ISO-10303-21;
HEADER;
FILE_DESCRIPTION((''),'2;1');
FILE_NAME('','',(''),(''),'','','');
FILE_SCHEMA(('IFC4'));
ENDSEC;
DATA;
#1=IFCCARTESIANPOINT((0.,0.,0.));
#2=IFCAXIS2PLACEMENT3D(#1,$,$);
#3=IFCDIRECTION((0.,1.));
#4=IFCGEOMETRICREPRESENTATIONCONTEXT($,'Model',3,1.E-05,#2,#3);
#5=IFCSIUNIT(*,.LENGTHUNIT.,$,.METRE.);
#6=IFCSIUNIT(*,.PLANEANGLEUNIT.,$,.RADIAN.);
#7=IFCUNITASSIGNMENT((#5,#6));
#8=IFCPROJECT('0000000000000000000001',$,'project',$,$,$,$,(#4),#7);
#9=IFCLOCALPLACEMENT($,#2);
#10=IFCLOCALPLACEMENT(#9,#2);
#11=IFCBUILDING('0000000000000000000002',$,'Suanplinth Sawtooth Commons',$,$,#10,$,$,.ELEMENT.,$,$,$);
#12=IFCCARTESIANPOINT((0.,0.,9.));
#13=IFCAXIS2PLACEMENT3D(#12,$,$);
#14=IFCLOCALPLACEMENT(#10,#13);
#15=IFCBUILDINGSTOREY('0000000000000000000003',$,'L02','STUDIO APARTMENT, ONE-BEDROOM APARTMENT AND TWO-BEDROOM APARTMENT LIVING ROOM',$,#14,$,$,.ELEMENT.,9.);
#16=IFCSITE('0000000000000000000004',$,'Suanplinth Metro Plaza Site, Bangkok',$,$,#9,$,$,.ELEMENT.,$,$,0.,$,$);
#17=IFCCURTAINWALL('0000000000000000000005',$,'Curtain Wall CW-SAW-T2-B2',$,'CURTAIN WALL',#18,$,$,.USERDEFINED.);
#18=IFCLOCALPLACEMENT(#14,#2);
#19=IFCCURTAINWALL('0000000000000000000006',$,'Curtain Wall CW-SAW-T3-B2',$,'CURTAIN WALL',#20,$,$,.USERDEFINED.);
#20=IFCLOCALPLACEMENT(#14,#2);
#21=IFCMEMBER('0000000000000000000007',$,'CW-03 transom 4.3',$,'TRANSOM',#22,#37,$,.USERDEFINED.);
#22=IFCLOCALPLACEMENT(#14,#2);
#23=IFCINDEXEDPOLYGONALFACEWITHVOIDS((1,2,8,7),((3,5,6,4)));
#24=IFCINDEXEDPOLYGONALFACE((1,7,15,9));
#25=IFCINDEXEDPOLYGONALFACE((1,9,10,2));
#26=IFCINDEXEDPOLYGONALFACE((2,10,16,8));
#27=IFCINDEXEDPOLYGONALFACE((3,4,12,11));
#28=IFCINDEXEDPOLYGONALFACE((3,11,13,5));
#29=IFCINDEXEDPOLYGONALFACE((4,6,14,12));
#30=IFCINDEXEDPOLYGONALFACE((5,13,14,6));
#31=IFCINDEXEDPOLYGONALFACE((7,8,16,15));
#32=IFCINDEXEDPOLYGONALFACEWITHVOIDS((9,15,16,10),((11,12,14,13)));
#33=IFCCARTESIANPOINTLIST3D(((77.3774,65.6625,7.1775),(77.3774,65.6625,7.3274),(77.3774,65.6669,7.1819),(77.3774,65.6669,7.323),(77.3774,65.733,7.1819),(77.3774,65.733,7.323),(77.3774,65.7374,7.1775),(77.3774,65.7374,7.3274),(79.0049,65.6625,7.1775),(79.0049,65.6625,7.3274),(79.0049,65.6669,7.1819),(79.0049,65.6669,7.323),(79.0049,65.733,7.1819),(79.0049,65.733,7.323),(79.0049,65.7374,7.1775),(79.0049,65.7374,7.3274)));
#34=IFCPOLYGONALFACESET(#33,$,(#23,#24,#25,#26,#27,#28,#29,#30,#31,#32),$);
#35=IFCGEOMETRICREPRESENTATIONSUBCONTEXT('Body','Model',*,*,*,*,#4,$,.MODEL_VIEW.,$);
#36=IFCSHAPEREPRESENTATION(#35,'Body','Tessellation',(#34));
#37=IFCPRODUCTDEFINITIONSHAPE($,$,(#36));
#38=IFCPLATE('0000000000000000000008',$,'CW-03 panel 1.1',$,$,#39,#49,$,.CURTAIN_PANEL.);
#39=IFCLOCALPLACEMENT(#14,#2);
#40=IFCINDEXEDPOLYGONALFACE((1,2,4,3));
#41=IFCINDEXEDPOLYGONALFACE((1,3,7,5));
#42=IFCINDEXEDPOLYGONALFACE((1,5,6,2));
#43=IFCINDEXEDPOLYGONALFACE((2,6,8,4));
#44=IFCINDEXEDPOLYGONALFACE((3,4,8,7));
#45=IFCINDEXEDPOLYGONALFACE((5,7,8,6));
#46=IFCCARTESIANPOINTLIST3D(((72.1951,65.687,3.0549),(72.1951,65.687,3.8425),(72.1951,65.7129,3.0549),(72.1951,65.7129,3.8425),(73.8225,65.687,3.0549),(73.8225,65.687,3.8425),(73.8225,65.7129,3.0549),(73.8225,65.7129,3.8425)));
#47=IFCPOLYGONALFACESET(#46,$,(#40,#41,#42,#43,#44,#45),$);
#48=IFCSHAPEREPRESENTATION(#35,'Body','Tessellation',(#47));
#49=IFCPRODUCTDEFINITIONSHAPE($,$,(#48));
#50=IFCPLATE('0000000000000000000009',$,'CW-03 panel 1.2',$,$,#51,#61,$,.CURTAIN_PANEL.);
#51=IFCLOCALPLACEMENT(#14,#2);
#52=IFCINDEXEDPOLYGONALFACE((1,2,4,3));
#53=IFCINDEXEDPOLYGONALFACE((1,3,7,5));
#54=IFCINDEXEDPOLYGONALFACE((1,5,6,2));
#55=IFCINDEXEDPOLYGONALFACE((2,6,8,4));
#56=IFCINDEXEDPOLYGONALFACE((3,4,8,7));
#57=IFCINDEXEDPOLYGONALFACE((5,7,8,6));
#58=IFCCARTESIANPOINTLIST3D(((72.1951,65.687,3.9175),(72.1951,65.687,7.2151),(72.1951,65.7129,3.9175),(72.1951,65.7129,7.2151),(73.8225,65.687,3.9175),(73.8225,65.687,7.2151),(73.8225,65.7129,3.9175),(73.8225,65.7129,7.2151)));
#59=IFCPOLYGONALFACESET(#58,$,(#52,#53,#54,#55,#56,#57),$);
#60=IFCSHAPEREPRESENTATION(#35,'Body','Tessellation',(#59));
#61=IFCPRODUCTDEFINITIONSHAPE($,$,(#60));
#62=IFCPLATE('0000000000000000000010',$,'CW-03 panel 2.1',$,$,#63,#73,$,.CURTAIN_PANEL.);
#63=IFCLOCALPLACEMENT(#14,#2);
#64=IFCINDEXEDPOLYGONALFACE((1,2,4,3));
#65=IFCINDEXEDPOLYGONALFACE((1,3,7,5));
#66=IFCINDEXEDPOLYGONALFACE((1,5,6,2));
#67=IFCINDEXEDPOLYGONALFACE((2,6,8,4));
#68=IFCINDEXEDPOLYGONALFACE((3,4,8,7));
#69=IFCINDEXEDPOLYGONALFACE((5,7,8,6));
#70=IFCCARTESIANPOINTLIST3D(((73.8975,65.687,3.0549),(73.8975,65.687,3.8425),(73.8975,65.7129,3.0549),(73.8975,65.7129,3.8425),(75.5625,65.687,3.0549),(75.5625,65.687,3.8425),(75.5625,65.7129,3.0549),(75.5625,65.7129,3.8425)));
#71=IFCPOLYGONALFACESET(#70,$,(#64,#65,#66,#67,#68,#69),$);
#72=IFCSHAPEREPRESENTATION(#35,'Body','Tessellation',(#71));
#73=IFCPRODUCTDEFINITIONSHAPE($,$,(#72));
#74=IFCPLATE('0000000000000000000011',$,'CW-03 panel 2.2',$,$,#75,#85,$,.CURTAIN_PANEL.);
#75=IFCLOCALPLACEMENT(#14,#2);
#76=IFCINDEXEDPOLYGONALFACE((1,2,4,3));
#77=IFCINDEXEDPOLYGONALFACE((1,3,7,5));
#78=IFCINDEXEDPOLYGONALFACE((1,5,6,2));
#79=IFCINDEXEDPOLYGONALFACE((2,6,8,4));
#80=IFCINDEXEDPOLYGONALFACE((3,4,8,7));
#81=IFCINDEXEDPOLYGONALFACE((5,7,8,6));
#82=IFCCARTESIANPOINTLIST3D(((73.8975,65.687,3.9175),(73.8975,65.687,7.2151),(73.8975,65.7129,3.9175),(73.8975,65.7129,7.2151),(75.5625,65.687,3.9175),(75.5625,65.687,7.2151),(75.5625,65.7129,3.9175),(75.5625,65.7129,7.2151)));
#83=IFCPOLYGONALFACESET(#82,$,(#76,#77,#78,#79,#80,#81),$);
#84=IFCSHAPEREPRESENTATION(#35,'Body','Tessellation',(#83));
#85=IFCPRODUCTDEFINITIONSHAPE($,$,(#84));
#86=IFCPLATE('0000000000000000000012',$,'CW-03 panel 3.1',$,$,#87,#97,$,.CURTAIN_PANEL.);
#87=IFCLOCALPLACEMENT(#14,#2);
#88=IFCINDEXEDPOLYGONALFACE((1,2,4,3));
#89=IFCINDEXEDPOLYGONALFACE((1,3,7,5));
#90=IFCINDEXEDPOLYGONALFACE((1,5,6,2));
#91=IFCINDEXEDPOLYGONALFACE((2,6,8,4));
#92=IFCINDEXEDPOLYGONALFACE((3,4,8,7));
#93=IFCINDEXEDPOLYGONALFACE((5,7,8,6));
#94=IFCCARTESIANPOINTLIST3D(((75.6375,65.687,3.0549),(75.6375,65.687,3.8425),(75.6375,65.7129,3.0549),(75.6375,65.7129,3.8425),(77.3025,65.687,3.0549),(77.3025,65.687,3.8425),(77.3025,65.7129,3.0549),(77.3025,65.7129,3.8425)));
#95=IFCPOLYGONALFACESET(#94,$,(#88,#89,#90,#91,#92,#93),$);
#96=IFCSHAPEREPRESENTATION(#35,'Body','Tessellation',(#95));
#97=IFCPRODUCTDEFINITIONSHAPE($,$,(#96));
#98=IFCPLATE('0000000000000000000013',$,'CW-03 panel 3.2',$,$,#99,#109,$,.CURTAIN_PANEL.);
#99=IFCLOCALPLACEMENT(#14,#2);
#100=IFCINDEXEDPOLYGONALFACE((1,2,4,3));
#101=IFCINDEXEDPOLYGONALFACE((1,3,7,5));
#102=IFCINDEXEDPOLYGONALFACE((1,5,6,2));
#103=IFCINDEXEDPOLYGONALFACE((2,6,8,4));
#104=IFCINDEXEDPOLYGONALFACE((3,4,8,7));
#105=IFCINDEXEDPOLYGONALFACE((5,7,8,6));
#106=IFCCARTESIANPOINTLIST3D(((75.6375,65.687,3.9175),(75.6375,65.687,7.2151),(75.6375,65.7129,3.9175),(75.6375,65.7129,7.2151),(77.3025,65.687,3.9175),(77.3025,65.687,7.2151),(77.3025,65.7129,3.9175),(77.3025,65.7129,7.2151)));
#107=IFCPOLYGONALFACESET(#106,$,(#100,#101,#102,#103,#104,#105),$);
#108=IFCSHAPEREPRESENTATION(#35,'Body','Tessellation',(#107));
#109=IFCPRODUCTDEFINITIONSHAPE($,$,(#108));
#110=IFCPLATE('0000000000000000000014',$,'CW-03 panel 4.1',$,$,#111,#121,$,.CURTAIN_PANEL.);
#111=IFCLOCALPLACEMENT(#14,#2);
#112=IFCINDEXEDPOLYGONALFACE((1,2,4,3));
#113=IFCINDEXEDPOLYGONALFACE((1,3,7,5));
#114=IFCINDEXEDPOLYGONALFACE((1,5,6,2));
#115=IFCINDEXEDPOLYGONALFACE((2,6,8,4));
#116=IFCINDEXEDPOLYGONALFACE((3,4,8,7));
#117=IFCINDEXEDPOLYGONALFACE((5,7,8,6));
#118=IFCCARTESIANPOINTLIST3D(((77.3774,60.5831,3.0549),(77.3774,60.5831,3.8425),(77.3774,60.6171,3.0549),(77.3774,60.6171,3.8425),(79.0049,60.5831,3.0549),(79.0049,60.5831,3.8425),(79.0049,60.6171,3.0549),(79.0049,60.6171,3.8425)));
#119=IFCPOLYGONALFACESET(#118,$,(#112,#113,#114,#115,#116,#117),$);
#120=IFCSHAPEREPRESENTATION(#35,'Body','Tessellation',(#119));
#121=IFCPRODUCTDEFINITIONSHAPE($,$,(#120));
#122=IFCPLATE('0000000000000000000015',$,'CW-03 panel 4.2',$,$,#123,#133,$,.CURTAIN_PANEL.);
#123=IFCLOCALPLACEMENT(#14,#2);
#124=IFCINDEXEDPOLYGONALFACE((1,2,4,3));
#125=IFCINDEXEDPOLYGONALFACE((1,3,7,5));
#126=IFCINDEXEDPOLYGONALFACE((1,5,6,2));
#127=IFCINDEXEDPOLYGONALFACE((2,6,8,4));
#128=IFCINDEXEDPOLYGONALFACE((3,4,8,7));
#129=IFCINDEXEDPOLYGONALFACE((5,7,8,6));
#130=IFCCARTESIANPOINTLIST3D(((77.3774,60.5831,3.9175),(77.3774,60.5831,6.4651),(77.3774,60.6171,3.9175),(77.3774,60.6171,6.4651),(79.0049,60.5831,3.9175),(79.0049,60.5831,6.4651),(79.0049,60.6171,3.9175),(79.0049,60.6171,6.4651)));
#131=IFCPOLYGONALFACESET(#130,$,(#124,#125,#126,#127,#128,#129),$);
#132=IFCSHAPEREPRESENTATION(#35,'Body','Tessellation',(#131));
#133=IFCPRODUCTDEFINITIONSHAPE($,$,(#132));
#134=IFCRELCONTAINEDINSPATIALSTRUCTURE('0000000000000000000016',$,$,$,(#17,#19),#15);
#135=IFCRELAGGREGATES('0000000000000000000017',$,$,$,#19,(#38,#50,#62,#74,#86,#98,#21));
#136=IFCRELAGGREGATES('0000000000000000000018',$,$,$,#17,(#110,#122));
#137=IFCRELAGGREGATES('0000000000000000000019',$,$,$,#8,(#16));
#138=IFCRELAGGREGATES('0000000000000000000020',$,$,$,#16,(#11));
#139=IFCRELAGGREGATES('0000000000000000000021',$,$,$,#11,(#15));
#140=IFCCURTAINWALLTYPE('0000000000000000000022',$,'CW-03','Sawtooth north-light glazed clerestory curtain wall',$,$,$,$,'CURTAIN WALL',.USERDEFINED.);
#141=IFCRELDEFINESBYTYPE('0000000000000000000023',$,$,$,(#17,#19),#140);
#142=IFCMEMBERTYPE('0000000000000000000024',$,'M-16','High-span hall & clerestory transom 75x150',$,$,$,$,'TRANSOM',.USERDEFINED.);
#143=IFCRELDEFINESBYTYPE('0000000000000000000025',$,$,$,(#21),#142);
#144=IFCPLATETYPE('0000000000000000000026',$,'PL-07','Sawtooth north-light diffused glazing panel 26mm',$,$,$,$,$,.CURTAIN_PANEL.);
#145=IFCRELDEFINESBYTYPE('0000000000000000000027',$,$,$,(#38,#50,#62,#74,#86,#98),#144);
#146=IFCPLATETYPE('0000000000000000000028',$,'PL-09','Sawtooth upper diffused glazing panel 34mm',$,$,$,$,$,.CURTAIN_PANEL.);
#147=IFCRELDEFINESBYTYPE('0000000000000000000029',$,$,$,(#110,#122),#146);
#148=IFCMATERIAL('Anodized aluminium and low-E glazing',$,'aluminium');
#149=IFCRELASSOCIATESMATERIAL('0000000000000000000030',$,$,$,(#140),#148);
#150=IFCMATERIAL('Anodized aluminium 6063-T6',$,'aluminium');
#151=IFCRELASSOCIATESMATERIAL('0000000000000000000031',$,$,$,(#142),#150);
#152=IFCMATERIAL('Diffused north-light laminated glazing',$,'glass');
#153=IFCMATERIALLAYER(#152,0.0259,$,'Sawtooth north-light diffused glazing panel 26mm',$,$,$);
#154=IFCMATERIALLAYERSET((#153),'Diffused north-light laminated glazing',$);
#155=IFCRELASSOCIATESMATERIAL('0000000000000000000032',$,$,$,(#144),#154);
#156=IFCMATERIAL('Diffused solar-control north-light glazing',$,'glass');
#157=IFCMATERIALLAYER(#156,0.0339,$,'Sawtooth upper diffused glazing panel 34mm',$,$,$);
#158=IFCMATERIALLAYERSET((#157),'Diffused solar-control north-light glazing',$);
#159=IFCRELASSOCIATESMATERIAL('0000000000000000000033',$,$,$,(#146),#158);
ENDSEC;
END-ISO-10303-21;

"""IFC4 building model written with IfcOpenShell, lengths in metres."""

from ifc_helpers import new_model, si_unit, direction, frame, origin, origin_2d, place, context, subcontext, project, spatial, rectangle, hollow_rectangle, extrude, material, layer, layer_set, material_profile, profile_set, type_object, element, aggregate, save


model = new_model("IFC4")

# Units and contexts
model_context = context("Model", 3, precision=1e-05, world=origin(), true_north=direction((0.0, 1.0)))
body_context = subcontext(model_context, "Body", "Model", "MODEL_VIEW")
ifc_project = project(units=[si_unit("LENGTHUNIT", "METRE"), si_unit("PLANEANGLEUNIT", "RADIAN")], contexts=[model_context])

# Site, building, storey
site_placement = place(None, origin())
site = spatial("IfcSite", under=ifc_project, at=site_placement, Name="Suanplinth Metro Plaza Site, Bangkok", CompositionType="ELEMENT", RefElevation=0.0)
building_placement = place(site_placement, origin())
building = spatial("IfcBuilding", under=site, at=building_placement, Name="Suanplinth Sawtooth Commons", CompositionType="ELEMENT")
storey_placement = place(building_placement, frame((0.0, 0.0, 9.0)))
storey = spatial("IfcBuildingStorey", under=building, at=storey_placement, Name="L02", Description="STUDIO APARTMENT, ONE-BEDROOM APARTMENT AND TWO-BEDROOM APARTMENT LIVING ROOM", CompositionType="ELEMENT", Elevation=9.0)

# Curtain wall
ifc_material_1 = material(Name="Anodized aluminium and low-E glazing", Category="aluminium")
curtain_wall_type = type_object("IfcCurtainWallType", Name="CW-03", Description="Sawtooth north-light glazed clerestory curtain wall", ElementType="CURTAIN WALL", PredefinedType="USERDEFINED", material=ifc_material_1)
curtain_wall_1_placement = place(storey_placement, origin())
curtain_wall_1 = element("IfcCurtainWall", 1, at=curtain_wall_1_placement, inside=storey, type_object=curtain_wall_type, Name="Curtain Wall CW-SAW-T2-B2", ObjectType="CURTAIN WALL", PredefinedType="USERDEFINED")
ifc_material_2 = material(Name="Anodized aluminium 6063-T6", Category="aluminium")

# Curtain wall
curtain_wall_2_placement = place(storey_placement, origin())
curtain_wall_2 = element("IfcCurtainWall", 2, at=curtain_wall_2_placement, inside=storey, type_object=curtain_wall_type, Name="Curtain Wall CW-SAW-T3-B2", ObjectType="CURTAIN WALL", PredefinedType="USERDEFINED")

# Member
ifc_material_profile_1 = material_profile(ifc_material_2, hollow_rectangle(XDim=0.075, YDim=0.1499, WallThickness=0.0044, at=origin_2d()), Name="ALU-TRN 75x150")
ifc_profile_set_1 = profile_set([ifc_material_profile_1], Name="Anodized aluminium 6063-T6")
member_type_1 = type_object("IfcMemberType", Name="M-16", Description="High-span hall & clerestory transom 75x150", ElementType="TRANSOM", PredefinedType="USERDEFINED", material=ifc_profile_set_1)
member_1_placement = place(storey_placement, frame((77.3774, 65.7, 7.2524), z_axis=(1.0, 0.0, 0.0), x_axis=(0.0, 1.0, 0.0)))
member_1 = element("IfcMember", 3, at=member_1_placement, type_object=member_type_1, Name="CW-03 transom 4.3", ObjectType="TRANSOM", PredefinedType="USERDEFINED", context=body_context, shape_type="SweptSolid", body=[
    extrude(hollow_rectangle(XDim=0.075, YDim=0.1499, WallThickness=0.0044, at=origin_2d()), origin(), (0.0, 0.0, 1.0), 1.6274),
])

# Plates
ifc_material_3 = material(Name="Diffused north-light laminated glazing", Category="glass")
ifc_layer_1 = layer(ifc_material_3, 0.0259, Name="Sawtooth north-light diffused glazing panel 26mm")
ifc_layer_set_1 = layer_set([ifc_layer_1], Name="Diffused north-light laminated glazing")
plate_type_1 = type_object("IfcPlateType", Name="PL-07", Description="Sawtooth north-light diffused glazing panel 26mm", PredefinedType="CURTAIN_PANEL", material=ifc_layer_set_1)
plate_1_placement = place(storey_placement, frame((73.0088, 65.7, 3.0549), z_axis=(0.0, 0.0, 1.0), x_axis=(1.0, 0.0, 0.0)))
plate_1 = element("IfcPlate", 4, at=plate_1_placement, type_object=plate_type_1, Name="CW-03 panel 1.1", PredefinedType="CURTAIN_PANEL", context=body_context, shape_type="SweptSolid", body=[
    extrude(rectangle(XDim=1.6274, YDim=0.0259, at=origin_2d()), origin(), (0.0, 0.0, 1.0), 0.7876),
])
plate_2_placement = place(storey_placement, frame((73.0088, 65.7, 3.9175), z_axis=(0.0, 0.0, 1.0), x_axis=(1.0, 0.0, 0.0)))
plate_2 = element("IfcPlate", 5, at=plate_2_placement, type_object=plate_type_1, Name="CW-03 panel 1.2", PredefinedType="CURTAIN_PANEL", context=body_context, shape_type="SweptSolid", body=[
    extrude(rectangle(XDim=1.6274, YDim=0.0259, at=origin_2d()), origin(), (0.0, 0.0, 1.0), 3.2976),
])
plate_3_placement = place(storey_placement, frame((74.73, 65.7, 3.0549), z_axis=(0.0, 0.0, 1.0), x_axis=(1.0, 0.0, 0.0)))
plate_3 = element("IfcPlate", 6, at=plate_3_placement, type_object=plate_type_1, Name="CW-03 panel 2.1", PredefinedType="CURTAIN_PANEL", context=body_context, shape_type="SweptSolid", body=[
    extrude(rectangle(XDim=1.665, YDim=0.0259, at=origin_2d()), origin(), (0.0, 0.0, 1.0), 0.7876),
])
plate_4_placement = place(storey_placement, frame((74.73, 65.7, 3.9175), z_axis=(0.0, 0.0, 1.0), x_axis=(1.0, 0.0, 0.0)))
plate_4 = element("IfcPlate", 7, at=plate_4_placement, type_object=plate_type_1, Name="CW-03 panel 2.2", PredefinedType="CURTAIN_PANEL", context=body_context, shape_type="SweptSolid", body=[
    extrude(rectangle(XDim=1.665, YDim=0.0259, at=origin_2d()), origin(), (0.0, 0.0, 1.0), 3.2976),
])
plate_5_placement = place(storey_placement, frame((76.47, 65.7, 3.0549), z_axis=(0.0, 0.0, 1.0), x_axis=(1.0, 0.0, 0.0)))
plate_5 = element("IfcPlate", 8, at=plate_5_placement, type_object=plate_type_1, Name="CW-03 panel 3.1", PredefinedType="CURTAIN_PANEL", context=body_context, shape_type="SweptSolid", body=[
    extrude(rectangle(XDim=1.665, YDim=0.0259, at=origin_2d()), origin(), (0.0, 0.0, 1.0), 0.7876),
])
plate_6_placement = place(storey_placement, frame((76.47, 65.7, 3.9175), z_axis=(0.0, 0.0, 1.0), x_axis=(1.0, 0.0, 0.0)))
plate_6 = element("IfcPlate", 9, at=plate_6_placement, type_object=plate_type_1, Name="CW-03 panel 3.2", PredefinedType="CURTAIN_PANEL", context=body_context, shape_type="SweptSolid", body=[
    extrude(rectangle(XDim=1.665, YDim=0.0259, at=origin_2d()), origin(), (0.0, 0.0, 1.0), 3.2976),
])
aggregate(curtain_wall_2, [plate_1, plate_2, plate_3, plate_4, plate_5, plate_6, member_1])
ifc_material_4 = material(Name="Diffused solar-control north-light glazing", Category="glass")
ifc_layer_2 = layer(ifc_material_4, 0.0339, Name="Sawtooth upper diffused glazing panel 34mm")
ifc_layer_set_2 = layer_set([ifc_layer_2], Name="Diffused solar-control north-light glazing")
plate_type_2 = type_object("IfcPlateType", Name="PL-09", Description="Sawtooth upper diffused glazing panel 34mm", PredefinedType="CURTAIN_PANEL", material=ifc_layer_set_2)
plate_7_placement = place(storey_placement, frame((78.1912, 60.6001, 3.0549), z_axis=(0.0, 0.0, 1.0), x_axis=(1.0, 0.0, 0.0)))
plate_7 = element("IfcPlate", 10, at=plate_7_placement, type_object=plate_type_2, Name="CW-03 panel 4.1", PredefinedType="CURTAIN_PANEL", context=body_context, shape_type="SweptSolid", body=[
    extrude(rectangle(XDim=1.6274, YDim=0.0339, at=origin_2d()), origin(), (0.0, 0.0, 1.0), 0.7876),
])
plate_8_placement = place(storey_placement, frame((78.1912, 60.6001, 3.9175), z_axis=(0.0, 0.0, 1.0), x_axis=(1.0, 0.0, 0.0)))
plate_8 = element("IfcPlate", 11, at=plate_8_placement, type_object=plate_type_2, Name="CW-03 panel 4.2", PredefinedType="CURTAIN_PANEL", context=body_context, shape_type="SweptSolid", body=[
    extrude(rectangle(XDim=1.6274, YDim=0.0339, at=origin_2d()), origin(), (0.0, 0.0, 1.0), 2.5476),
])
aggregate(curtain_wall_1, [plate_7, plate_8])

save(model, "model.ifc")
